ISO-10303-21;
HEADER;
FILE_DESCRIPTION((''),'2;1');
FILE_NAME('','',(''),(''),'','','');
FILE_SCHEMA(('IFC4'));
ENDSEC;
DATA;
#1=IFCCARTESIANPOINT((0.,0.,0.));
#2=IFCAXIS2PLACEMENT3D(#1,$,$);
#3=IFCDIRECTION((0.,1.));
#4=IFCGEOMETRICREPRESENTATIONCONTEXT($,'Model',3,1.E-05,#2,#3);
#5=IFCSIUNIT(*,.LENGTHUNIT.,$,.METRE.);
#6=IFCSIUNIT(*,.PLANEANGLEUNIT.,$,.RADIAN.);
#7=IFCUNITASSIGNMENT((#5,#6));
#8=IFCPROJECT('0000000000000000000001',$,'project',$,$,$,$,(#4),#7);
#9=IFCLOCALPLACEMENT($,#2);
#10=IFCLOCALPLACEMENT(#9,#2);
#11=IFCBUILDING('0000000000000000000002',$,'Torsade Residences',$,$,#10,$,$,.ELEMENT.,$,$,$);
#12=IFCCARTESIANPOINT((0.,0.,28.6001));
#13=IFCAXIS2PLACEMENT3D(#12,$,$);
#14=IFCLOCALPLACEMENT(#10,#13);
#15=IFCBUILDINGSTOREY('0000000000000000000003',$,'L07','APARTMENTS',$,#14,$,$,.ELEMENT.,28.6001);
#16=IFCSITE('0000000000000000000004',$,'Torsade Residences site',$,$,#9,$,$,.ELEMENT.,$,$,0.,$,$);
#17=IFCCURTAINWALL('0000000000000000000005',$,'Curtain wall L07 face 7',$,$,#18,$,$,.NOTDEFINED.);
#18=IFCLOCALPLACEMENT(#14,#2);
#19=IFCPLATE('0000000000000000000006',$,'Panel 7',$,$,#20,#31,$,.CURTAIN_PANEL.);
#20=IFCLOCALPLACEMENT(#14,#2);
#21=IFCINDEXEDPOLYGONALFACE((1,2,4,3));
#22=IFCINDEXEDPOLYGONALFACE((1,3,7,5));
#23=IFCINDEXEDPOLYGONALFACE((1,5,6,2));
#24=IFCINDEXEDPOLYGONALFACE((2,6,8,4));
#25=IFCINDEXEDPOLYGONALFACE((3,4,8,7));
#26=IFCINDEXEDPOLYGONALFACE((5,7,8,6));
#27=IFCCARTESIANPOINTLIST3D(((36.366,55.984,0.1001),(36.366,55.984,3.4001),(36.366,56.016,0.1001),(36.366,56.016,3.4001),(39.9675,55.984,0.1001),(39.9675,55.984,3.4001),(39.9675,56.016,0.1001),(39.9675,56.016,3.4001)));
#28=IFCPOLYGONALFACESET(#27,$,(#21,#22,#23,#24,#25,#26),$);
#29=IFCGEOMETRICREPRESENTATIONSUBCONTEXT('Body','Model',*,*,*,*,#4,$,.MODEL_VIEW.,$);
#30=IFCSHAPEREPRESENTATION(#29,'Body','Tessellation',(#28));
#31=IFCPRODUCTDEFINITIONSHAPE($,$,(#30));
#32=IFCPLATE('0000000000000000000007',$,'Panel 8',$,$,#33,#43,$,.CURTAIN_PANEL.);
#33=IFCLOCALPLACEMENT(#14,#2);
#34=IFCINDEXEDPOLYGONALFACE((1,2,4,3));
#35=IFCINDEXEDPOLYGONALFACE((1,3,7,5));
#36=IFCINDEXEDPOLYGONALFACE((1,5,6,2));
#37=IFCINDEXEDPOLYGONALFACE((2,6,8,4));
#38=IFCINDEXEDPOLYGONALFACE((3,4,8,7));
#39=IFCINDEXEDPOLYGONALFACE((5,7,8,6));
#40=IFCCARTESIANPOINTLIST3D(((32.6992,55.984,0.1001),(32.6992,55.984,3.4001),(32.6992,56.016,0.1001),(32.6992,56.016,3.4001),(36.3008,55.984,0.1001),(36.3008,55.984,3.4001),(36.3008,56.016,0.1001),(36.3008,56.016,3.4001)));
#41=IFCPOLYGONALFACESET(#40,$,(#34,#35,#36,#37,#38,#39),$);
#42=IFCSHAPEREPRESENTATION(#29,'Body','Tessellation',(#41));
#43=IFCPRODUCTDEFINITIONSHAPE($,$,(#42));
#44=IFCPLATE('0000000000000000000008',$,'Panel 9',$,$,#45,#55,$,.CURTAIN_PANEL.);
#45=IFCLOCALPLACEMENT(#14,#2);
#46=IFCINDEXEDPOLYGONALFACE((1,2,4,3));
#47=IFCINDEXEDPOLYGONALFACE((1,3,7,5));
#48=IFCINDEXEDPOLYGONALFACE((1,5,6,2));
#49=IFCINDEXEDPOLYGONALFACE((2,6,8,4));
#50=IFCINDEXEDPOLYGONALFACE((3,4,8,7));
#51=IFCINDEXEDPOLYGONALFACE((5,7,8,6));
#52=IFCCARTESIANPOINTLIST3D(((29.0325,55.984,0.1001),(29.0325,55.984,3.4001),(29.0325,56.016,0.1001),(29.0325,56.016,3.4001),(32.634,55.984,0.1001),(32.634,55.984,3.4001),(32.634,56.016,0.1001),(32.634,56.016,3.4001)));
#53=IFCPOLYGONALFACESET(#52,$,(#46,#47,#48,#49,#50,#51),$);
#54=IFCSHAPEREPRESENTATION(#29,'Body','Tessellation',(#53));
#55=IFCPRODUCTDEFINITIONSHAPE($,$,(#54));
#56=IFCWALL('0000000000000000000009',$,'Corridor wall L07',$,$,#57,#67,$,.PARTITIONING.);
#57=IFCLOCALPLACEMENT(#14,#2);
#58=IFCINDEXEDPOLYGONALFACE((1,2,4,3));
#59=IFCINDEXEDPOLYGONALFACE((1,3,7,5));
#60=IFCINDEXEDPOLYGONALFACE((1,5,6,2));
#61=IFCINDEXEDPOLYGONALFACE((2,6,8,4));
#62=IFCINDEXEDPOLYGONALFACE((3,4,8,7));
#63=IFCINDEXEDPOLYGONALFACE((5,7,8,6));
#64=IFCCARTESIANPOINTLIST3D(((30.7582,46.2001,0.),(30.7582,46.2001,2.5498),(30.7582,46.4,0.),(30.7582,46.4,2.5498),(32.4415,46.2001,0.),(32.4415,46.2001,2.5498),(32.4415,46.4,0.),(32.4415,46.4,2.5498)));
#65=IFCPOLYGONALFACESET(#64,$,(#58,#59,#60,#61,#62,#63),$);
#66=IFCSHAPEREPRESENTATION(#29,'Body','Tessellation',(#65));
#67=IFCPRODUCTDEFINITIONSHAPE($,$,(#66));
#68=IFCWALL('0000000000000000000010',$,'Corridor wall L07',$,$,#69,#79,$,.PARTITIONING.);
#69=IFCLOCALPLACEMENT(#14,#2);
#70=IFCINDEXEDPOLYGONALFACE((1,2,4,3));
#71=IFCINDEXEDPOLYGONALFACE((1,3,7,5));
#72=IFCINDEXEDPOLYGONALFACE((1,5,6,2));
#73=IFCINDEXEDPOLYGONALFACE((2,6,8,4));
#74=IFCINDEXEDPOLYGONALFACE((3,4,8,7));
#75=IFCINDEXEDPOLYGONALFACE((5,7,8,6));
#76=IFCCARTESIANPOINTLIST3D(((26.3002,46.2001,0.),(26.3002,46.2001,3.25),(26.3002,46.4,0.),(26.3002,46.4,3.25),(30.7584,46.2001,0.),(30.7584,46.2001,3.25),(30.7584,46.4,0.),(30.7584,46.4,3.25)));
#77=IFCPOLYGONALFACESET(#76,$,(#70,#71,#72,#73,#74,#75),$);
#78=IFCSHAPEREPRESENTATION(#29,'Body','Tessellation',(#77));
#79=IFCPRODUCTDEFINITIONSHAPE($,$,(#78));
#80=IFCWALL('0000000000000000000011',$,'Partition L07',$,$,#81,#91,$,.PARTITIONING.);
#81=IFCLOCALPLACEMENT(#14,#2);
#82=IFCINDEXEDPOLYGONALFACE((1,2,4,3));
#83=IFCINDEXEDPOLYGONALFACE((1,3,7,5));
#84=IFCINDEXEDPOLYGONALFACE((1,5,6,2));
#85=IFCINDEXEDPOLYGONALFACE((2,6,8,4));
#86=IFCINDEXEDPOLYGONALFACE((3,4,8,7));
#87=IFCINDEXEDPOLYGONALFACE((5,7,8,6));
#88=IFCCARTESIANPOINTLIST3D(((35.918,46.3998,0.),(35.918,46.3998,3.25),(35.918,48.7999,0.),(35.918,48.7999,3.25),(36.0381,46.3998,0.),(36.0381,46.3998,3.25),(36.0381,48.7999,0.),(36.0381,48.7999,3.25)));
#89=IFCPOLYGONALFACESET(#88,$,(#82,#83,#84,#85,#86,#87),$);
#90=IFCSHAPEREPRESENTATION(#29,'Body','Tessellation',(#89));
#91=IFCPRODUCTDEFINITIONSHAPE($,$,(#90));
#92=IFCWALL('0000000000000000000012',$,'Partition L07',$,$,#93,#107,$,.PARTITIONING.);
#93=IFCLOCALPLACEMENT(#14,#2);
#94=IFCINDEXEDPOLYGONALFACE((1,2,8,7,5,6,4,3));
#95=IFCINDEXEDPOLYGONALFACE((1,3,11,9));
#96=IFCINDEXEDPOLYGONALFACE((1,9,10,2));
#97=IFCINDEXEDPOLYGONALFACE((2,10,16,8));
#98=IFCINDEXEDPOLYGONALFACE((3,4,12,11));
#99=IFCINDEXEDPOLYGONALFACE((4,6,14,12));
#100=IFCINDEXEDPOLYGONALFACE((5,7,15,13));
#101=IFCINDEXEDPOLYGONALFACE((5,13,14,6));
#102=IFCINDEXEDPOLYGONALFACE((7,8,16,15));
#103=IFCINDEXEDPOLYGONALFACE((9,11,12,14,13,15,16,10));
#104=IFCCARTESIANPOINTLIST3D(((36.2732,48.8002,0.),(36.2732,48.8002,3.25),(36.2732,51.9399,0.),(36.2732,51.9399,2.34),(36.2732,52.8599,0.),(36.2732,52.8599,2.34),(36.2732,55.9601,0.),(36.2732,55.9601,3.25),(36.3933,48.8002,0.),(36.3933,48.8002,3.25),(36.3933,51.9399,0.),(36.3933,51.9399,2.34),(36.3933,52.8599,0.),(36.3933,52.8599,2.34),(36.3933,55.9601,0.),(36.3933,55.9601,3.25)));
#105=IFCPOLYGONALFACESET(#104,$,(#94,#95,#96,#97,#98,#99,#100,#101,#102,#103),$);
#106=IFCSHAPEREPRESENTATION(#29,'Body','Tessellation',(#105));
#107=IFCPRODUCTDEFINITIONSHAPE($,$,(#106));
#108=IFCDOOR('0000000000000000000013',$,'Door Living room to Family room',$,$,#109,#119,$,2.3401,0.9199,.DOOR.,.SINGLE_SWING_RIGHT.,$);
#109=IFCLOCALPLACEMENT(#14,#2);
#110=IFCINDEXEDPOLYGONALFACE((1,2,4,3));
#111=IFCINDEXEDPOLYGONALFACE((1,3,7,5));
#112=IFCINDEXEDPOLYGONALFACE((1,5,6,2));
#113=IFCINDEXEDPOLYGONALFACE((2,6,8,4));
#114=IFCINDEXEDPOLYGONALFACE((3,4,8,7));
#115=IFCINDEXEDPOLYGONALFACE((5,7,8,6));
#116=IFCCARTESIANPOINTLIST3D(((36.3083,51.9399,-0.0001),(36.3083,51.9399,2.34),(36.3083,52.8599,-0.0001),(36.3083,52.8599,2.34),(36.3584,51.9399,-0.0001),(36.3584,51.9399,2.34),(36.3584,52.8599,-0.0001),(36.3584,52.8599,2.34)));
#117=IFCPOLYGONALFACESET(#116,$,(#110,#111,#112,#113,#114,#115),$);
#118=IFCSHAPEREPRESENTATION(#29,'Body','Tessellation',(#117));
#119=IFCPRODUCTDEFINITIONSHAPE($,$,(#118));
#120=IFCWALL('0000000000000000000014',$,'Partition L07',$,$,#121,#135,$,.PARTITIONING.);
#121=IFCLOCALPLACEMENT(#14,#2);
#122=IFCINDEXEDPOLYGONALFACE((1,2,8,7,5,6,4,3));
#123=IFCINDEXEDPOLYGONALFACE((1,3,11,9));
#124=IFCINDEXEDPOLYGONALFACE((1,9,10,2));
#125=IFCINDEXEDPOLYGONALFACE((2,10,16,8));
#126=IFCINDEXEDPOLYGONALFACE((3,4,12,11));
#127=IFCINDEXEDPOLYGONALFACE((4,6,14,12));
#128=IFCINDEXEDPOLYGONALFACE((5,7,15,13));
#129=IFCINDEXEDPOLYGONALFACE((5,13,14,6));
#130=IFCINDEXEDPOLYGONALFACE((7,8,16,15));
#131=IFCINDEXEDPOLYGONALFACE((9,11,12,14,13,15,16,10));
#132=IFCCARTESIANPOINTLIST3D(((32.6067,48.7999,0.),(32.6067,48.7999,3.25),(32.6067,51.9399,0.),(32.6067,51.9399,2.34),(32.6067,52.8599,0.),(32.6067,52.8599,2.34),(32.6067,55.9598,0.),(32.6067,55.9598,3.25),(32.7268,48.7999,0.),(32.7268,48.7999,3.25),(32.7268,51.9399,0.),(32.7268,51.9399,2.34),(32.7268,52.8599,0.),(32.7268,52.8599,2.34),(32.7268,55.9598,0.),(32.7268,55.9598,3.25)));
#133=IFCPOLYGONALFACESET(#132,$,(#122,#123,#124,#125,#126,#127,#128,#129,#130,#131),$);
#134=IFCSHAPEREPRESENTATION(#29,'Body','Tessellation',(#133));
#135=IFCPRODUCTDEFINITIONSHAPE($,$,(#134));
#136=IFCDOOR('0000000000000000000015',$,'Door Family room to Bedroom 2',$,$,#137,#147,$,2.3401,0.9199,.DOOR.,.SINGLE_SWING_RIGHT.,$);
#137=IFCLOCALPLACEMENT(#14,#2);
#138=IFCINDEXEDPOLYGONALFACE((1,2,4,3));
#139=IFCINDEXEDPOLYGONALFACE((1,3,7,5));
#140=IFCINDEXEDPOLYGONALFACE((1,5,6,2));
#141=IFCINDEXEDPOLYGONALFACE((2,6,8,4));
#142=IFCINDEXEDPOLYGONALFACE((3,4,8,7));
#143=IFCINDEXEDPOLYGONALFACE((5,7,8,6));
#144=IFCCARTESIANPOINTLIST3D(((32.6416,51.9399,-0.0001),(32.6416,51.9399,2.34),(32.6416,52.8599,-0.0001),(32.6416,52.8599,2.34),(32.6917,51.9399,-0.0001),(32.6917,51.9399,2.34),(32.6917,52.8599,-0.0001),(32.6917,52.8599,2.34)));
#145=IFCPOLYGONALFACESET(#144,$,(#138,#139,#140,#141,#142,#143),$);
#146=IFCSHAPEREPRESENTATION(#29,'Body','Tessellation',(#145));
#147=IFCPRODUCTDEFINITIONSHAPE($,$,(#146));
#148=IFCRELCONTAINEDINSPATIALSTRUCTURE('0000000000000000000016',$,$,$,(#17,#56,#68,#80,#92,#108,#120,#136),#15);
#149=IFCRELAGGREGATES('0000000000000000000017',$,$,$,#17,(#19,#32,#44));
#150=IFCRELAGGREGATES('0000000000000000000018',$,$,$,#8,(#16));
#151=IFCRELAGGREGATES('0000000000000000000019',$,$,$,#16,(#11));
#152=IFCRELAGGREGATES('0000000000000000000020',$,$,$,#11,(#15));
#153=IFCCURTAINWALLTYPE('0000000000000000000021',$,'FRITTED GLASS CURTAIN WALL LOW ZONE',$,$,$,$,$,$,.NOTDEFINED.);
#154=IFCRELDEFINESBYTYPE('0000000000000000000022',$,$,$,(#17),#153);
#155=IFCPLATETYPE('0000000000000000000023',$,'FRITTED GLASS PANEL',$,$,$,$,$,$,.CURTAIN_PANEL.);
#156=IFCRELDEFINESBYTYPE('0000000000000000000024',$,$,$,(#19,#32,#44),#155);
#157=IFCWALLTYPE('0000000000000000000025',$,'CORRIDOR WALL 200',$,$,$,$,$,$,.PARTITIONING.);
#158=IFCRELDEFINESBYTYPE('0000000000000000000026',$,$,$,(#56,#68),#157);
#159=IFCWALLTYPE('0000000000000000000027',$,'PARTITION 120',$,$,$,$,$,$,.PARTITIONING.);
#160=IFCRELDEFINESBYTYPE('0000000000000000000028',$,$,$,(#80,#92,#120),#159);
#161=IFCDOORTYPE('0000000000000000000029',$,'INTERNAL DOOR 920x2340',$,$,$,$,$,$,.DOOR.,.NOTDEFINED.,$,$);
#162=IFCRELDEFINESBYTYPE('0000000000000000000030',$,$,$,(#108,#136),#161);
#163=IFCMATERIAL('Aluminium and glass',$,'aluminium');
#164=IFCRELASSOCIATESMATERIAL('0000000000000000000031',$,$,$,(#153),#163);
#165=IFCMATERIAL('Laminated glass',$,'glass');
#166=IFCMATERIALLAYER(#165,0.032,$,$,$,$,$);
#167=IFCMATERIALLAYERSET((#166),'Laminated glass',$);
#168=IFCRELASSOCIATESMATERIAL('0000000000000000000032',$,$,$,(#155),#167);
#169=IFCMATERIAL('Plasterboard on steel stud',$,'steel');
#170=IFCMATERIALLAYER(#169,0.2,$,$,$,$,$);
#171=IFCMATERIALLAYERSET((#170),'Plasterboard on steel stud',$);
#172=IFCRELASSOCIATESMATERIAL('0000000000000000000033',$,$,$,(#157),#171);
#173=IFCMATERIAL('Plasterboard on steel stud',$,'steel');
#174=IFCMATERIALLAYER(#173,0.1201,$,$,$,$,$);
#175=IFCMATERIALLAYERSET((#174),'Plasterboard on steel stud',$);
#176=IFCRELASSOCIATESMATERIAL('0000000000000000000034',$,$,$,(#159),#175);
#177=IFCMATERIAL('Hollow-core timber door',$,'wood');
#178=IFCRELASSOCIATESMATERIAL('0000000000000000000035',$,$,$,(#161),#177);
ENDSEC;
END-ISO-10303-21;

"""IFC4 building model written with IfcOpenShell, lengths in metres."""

from ifc_helpers import new_model, si_unit, direction, frame, frame_2d, origin, origin_2d, place, context, subcontext, project, spatial, rectangle, extrude, material, layer, layer_set, type_object, element, fill, aggregate, save


model = new_model("IFC4")

# Units and contexts
model_context = context("Model", 3, precision=1e-05, world=origin(), true_north=direction((0.0, 1.0)))
body_context = subcontext(model_context, "Body", "Model", "MODEL_VIEW")
ifc_project = project(units=[si_unit("LENGTHUNIT", "METRE"), si_unit("PLANEANGLEUNIT", "RADIAN")], contexts=[model_context])

# Site, building, storey
site_placement = place(None, origin())
site = spatial("IfcSite", under=ifc_project, at=site_placement, Name="Torsade Residences site", CompositionType="ELEMENT", RefElevation=0.0)
building_placement = place(site_placement, origin())
building = spatial("IfcBuilding", under=site, at=building_placement, Name="Torsade Residences", CompositionType="ELEMENT")
storey_placement = place(building_placement, frame((0.0, 0.0, 28.6001)))
storey = spatial("IfcBuildingStorey", under=building, at=storey_placement, Name="L07", Description="APARTMENTS", CompositionType="ELEMENT", Elevation=28.6001)

# Curtain wall
ifc_material_1 = material(Name="Aluminium and glass", Category="aluminium")
curtain_wall_type = type_object("IfcCurtainWallType", Name="FRITTED GLASS CURTAIN WALL LOW ZONE", PredefinedType="NOTDEFINED", material=ifc_material_1)
curtain_wall_placement = place(storey_placement, origin())
curtain_wall = element("IfcCurtainWall", 1, at=curtain_wall_placement, inside=storey, type_object=curtain_wall_type, Name="Curtain wall L07 face 7", PredefinedType="NOTDEFINED")

# Plates
ifc_material_2 = material(Name="Laminated glass", Category="glass")
ifc_layer_1 = layer(ifc_material_2, 0.032)
ifc_layer_set_1 = layer_set([ifc_layer_1], Name="Laminated glass")
plate_type = type_object("IfcPlateType", Name="FRITTED GLASS PANEL", PredefinedType="CURTAIN_PANEL", material=ifc_layer_set_1)
plate_1_placement = place(storey_placement, frame((38.1667, 56.0, 0.1001), z_axis=(0.0, 0.0, 1.0), x_axis=(-1.0, 0.0, 0.0)))
plate_1 = element("IfcPlate", 2, at=plate_1_placement, type_object=plate_type, Name="Panel 7", PredefinedType="CURTAIN_PANEL", context=body_context, shape_type="SweptSolid", body=[
    extrude(rectangle(XDim=3.6016, YDim=0.032, at=origin_2d()), origin(), (0.0, 0.0, 1.0), 3.3),
])
plate_2_placement = place(storey_placement, frame((34.5, 56.0, 0.1001), z_axis=(0.0, 0.0, 1.0), x_axis=(-1.0, 0.0, 0.0)))
plate_2 = element("IfcPlate", 3, at=plate_2_placement, type_object=plate_type, Name="Panel 8", PredefinedType="CURTAIN_PANEL", context=body_context, shape_type="SweptSolid", body=[
    extrude(rectangle(XDim=3.6016, YDim=0.032, at=origin_2d()), origin(), (0.0, 0.0, 1.0), 3.3),
])
plate_3_placement = place(storey_placement, frame((30.8333, 56.0, 0.1001), z_axis=(0.0, 0.0, 1.0), x_axis=(-1.0, 0.0, 0.0)))
plate_3 = element("IfcPlate", 4, at=plate_3_placement, type_object=plate_type, Name="Panel 9", PredefinedType="CURTAIN_PANEL", context=body_context, shape_type="SweptSolid", body=[
    extrude(rectangle(XDim=3.6016, YDim=0.032, at=origin_2d()), origin(), (0.0, 0.0, 1.0), 3.3),
])
aggregate(curtain_wall, [plate_1, plate_2, plate_3])

# Walls
ifc_material_3 = material(Name="Plasterboard on steel stud", Category="steel")
ifc_layer_2 = layer(ifc_material_3, 0.2)
ifc_layer_set_2 = layer_set([ifc_layer_2], Name="Plasterboard on steel stud")
wall_type_1 = type_object("IfcWallType", Name="CORRIDOR WALL 200", PredefinedType="PARTITIONING", material=ifc_layer_set_2)
wall_1_placement = place(storey_placement, frame((32.4417, 46.3, 0.0), z_axis=(0.0, 0.0, 1.0), x_axis=(-1.0, 0.0, 0.0)))
element("IfcWall", 5, at=wall_1_placement, inside=storey, type_object=wall_type_1, Name="Corridor wall L07", PredefinedType="PARTITIONING", context=body_context, shape_type="SweptSolid", body=[
    extrude(rectangle(XDim=1.6833, YDim=0.2, at=frame_2d((0.8418, 0.0))), origin(), (0.0, 0.0, 1.0), 2.5498),
])
wall_2_placement = place(storey_placement, frame((30.7583, 46.3, 0.0), z_axis=(0.0, 0.0, 1.0), x_axis=(-1.0, 0.0, 0.0)))
element("IfcWall", 6, at=wall_2_placement, inside=storey, type_object=wall_type_1, Name="Corridor wall L07", PredefinedType="PARTITIONING", context=body_context, shape_type="SweptSolid", body=[
    extrude(rectangle(XDim=4.4583, YDim=0.2, at=frame_2d((2.229, 0.0))), origin(), (0.0, 0.0, 1.0), 3.25),
])
ifc_material_4 = material(Name="Plasterboard on steel stud", Category="steel")
ifc_layer_3 = layer(ifc_material_4, 0.1201)
ifc_layer_set_3 = layer_set([ifc_layer_3], Name="Plasterboard on steel stud")
wall_type_2 = type_object("IfcWallType", Name="PARTITION 120", PredefinedType="PARTITIONING", material=ifc_layer_set_3)
wall_3_placement = place(storey_placement, frame((35.978, 48.8, 0.0), z_axis=(0.0, 0.0, 1.0), x_axis=(0.0, -1.0, 0.0)))
element("IfcWall", 7, at=wall_3_placement, inside=storey, type_object=wall_type_2, Name="Partition L07", PredefinedType="PARTITIONING", context=body_context, shape_type="SweptSolid", body=[
    extrude(rectangle(XDim=2.4001, YDim=0.1201, at=frame_2d((1.2002, 0.0))), origin(), (0.0, 0.0, 1.0), 3.25),
])

# Walls, openings, doors
wall_4_placement = place(storey_placement, frame((36.3333, 48.8, 0.0), z_axis=(0.0, 0.0, 1.0), x_axis=(0.0, 1.0, 0.0)))
wall_4 = element("IfcWall", 8, at=wall_4_placement, inside=storey, type_object=wall_type_2, Name="Partition L07", PredefinedType="PARTITIONING", context=body_context, shape_type="SweptSolid", body=[
    extrude(rectangle(XDim=7.1599, YDim=0.1201, at=frame_2d((3.5801, 0.0))), origin(), (0.0, 0.0, 1.0), 3.25),
])
opening_1_placement = place(wall_4_placement, frame((3.1399, 0.0, 0.0)))
opening_1 = element("IfcOpeningElement", 9, at=opening_1_placement, cuts=wall_4, PredefinedType="OPENING", context=body_context, shape_type="SweptSolid", body=[
    extrude(rectangle(XDim=0.9199, YDim=2.3401, at=frame_2d((0.46, 1.1699))), frame((0.0, 0.0701, 0.0), z_axis=(0.0, -1.0, 0.0), x_axis=(1.0, 0.0, 0.0)), (0.0, 0.0, 1.0), 0.1401),
])
ifc_material_5 = material(Name="Hollow-core timber door", Category="wood")
door_type = type_object("IfcDoorType", Name="INTERNAL DOOR 920x2340", OperationType="NOTDEFINED", PredefinedType="DOOR", material=ifc_material_5)
door_1_placement = place(opening_1_placement, origin())
door_1 = element("IfcDoor", 10, at=door_1_placement, inside=storey, type_object=door_type, Name="Door Living room to Family room", OperationType="SINGLE_SWING_RIGHT", OverallHeight=2.3401, OverallWidth=0.9199, PredefinedType="DOOR", context=body_context, shape_type="SweptSolid", body=[
    extrude(rectangle(XDim=0.9199, YDim=2.3401, at=frame_2d((0.46, 1.1699))), frame((0.0, 0.0249, 0.0), z_axis=(0.0, -1.0, 0.0), x_axis=(1.0, 0.0, 0.0)), (0.0, 0.0, 1.0), 0.05),
])
fill(opening_1, door_1)
wall_5_placement = place(storey_placement, frame((32.6667, 55.96, 0.0), z_axis=(0.0, 0.0, 1.0), x_axis=(0.0, -1.0, 0.0)))
wall_5 = element("IfcWall", 11, at=wall_5_placement, inside=storey, type_object=wall_type_2, Name="Partition L07", PredefinedType="PARTITIONING", context=body_context, shape_type="SweptSolid", body=[
    extrude(rectangle(XDim=7.1599, YDim=0.1201, at=frame_2d((3.5801, 0.0))), origin(), (0.0, 0.0, 1.0), 3.25),
])
opening_2_placement = place(wall_5_placement, frame((3.1001, 0.0, 0.0)))
opening_2 = element("IfcOpeningElement", 12, at=opening_2_placement, cuts=wall_5, PredefinedType="OPENING", context=body_context, shape_type="SweptSolid", body=[
    extrude(rectangle(XDim=0.9199, YDim=2.3401, at=frame_2d((0.46, 1.1699))), frame((0.0, 0.0701, 0.0), z_axis=(0.0, -1.0, 0.0), x_axis=(1.0, 0.0, 0.0)), (0.0, 0.0, 1.0), 0.1401),
])
door_2_placement = place(opening_2_placement, origin())
door_2 = element("IfcDoor", 13, at=door_2_placement, inside=storey, type_object=door_type, Name="Door Family room to Bedroom 2", OperationType="SINGLE_SWING_RIGHT", OverallHeight=2.3401, OverallWidth=0.9199, PredefinedType="DOOR", context=body_context, shape_type="SweptSolid", body=[
    extrude(rectangle(XDim=0.9199, YDim=2.3401, at=frame_2d((0.46, 1.1699))), frame((0.0, 0.0249, 0.0), z_axis=(0.0, -1.0, 0.0), x_axis=(1.0, 0.0, 0.0)), (0.0, 0.0, 1.0), 0.05),
])
fill(opening_2, door_2)

save(model, "model.ifc")
